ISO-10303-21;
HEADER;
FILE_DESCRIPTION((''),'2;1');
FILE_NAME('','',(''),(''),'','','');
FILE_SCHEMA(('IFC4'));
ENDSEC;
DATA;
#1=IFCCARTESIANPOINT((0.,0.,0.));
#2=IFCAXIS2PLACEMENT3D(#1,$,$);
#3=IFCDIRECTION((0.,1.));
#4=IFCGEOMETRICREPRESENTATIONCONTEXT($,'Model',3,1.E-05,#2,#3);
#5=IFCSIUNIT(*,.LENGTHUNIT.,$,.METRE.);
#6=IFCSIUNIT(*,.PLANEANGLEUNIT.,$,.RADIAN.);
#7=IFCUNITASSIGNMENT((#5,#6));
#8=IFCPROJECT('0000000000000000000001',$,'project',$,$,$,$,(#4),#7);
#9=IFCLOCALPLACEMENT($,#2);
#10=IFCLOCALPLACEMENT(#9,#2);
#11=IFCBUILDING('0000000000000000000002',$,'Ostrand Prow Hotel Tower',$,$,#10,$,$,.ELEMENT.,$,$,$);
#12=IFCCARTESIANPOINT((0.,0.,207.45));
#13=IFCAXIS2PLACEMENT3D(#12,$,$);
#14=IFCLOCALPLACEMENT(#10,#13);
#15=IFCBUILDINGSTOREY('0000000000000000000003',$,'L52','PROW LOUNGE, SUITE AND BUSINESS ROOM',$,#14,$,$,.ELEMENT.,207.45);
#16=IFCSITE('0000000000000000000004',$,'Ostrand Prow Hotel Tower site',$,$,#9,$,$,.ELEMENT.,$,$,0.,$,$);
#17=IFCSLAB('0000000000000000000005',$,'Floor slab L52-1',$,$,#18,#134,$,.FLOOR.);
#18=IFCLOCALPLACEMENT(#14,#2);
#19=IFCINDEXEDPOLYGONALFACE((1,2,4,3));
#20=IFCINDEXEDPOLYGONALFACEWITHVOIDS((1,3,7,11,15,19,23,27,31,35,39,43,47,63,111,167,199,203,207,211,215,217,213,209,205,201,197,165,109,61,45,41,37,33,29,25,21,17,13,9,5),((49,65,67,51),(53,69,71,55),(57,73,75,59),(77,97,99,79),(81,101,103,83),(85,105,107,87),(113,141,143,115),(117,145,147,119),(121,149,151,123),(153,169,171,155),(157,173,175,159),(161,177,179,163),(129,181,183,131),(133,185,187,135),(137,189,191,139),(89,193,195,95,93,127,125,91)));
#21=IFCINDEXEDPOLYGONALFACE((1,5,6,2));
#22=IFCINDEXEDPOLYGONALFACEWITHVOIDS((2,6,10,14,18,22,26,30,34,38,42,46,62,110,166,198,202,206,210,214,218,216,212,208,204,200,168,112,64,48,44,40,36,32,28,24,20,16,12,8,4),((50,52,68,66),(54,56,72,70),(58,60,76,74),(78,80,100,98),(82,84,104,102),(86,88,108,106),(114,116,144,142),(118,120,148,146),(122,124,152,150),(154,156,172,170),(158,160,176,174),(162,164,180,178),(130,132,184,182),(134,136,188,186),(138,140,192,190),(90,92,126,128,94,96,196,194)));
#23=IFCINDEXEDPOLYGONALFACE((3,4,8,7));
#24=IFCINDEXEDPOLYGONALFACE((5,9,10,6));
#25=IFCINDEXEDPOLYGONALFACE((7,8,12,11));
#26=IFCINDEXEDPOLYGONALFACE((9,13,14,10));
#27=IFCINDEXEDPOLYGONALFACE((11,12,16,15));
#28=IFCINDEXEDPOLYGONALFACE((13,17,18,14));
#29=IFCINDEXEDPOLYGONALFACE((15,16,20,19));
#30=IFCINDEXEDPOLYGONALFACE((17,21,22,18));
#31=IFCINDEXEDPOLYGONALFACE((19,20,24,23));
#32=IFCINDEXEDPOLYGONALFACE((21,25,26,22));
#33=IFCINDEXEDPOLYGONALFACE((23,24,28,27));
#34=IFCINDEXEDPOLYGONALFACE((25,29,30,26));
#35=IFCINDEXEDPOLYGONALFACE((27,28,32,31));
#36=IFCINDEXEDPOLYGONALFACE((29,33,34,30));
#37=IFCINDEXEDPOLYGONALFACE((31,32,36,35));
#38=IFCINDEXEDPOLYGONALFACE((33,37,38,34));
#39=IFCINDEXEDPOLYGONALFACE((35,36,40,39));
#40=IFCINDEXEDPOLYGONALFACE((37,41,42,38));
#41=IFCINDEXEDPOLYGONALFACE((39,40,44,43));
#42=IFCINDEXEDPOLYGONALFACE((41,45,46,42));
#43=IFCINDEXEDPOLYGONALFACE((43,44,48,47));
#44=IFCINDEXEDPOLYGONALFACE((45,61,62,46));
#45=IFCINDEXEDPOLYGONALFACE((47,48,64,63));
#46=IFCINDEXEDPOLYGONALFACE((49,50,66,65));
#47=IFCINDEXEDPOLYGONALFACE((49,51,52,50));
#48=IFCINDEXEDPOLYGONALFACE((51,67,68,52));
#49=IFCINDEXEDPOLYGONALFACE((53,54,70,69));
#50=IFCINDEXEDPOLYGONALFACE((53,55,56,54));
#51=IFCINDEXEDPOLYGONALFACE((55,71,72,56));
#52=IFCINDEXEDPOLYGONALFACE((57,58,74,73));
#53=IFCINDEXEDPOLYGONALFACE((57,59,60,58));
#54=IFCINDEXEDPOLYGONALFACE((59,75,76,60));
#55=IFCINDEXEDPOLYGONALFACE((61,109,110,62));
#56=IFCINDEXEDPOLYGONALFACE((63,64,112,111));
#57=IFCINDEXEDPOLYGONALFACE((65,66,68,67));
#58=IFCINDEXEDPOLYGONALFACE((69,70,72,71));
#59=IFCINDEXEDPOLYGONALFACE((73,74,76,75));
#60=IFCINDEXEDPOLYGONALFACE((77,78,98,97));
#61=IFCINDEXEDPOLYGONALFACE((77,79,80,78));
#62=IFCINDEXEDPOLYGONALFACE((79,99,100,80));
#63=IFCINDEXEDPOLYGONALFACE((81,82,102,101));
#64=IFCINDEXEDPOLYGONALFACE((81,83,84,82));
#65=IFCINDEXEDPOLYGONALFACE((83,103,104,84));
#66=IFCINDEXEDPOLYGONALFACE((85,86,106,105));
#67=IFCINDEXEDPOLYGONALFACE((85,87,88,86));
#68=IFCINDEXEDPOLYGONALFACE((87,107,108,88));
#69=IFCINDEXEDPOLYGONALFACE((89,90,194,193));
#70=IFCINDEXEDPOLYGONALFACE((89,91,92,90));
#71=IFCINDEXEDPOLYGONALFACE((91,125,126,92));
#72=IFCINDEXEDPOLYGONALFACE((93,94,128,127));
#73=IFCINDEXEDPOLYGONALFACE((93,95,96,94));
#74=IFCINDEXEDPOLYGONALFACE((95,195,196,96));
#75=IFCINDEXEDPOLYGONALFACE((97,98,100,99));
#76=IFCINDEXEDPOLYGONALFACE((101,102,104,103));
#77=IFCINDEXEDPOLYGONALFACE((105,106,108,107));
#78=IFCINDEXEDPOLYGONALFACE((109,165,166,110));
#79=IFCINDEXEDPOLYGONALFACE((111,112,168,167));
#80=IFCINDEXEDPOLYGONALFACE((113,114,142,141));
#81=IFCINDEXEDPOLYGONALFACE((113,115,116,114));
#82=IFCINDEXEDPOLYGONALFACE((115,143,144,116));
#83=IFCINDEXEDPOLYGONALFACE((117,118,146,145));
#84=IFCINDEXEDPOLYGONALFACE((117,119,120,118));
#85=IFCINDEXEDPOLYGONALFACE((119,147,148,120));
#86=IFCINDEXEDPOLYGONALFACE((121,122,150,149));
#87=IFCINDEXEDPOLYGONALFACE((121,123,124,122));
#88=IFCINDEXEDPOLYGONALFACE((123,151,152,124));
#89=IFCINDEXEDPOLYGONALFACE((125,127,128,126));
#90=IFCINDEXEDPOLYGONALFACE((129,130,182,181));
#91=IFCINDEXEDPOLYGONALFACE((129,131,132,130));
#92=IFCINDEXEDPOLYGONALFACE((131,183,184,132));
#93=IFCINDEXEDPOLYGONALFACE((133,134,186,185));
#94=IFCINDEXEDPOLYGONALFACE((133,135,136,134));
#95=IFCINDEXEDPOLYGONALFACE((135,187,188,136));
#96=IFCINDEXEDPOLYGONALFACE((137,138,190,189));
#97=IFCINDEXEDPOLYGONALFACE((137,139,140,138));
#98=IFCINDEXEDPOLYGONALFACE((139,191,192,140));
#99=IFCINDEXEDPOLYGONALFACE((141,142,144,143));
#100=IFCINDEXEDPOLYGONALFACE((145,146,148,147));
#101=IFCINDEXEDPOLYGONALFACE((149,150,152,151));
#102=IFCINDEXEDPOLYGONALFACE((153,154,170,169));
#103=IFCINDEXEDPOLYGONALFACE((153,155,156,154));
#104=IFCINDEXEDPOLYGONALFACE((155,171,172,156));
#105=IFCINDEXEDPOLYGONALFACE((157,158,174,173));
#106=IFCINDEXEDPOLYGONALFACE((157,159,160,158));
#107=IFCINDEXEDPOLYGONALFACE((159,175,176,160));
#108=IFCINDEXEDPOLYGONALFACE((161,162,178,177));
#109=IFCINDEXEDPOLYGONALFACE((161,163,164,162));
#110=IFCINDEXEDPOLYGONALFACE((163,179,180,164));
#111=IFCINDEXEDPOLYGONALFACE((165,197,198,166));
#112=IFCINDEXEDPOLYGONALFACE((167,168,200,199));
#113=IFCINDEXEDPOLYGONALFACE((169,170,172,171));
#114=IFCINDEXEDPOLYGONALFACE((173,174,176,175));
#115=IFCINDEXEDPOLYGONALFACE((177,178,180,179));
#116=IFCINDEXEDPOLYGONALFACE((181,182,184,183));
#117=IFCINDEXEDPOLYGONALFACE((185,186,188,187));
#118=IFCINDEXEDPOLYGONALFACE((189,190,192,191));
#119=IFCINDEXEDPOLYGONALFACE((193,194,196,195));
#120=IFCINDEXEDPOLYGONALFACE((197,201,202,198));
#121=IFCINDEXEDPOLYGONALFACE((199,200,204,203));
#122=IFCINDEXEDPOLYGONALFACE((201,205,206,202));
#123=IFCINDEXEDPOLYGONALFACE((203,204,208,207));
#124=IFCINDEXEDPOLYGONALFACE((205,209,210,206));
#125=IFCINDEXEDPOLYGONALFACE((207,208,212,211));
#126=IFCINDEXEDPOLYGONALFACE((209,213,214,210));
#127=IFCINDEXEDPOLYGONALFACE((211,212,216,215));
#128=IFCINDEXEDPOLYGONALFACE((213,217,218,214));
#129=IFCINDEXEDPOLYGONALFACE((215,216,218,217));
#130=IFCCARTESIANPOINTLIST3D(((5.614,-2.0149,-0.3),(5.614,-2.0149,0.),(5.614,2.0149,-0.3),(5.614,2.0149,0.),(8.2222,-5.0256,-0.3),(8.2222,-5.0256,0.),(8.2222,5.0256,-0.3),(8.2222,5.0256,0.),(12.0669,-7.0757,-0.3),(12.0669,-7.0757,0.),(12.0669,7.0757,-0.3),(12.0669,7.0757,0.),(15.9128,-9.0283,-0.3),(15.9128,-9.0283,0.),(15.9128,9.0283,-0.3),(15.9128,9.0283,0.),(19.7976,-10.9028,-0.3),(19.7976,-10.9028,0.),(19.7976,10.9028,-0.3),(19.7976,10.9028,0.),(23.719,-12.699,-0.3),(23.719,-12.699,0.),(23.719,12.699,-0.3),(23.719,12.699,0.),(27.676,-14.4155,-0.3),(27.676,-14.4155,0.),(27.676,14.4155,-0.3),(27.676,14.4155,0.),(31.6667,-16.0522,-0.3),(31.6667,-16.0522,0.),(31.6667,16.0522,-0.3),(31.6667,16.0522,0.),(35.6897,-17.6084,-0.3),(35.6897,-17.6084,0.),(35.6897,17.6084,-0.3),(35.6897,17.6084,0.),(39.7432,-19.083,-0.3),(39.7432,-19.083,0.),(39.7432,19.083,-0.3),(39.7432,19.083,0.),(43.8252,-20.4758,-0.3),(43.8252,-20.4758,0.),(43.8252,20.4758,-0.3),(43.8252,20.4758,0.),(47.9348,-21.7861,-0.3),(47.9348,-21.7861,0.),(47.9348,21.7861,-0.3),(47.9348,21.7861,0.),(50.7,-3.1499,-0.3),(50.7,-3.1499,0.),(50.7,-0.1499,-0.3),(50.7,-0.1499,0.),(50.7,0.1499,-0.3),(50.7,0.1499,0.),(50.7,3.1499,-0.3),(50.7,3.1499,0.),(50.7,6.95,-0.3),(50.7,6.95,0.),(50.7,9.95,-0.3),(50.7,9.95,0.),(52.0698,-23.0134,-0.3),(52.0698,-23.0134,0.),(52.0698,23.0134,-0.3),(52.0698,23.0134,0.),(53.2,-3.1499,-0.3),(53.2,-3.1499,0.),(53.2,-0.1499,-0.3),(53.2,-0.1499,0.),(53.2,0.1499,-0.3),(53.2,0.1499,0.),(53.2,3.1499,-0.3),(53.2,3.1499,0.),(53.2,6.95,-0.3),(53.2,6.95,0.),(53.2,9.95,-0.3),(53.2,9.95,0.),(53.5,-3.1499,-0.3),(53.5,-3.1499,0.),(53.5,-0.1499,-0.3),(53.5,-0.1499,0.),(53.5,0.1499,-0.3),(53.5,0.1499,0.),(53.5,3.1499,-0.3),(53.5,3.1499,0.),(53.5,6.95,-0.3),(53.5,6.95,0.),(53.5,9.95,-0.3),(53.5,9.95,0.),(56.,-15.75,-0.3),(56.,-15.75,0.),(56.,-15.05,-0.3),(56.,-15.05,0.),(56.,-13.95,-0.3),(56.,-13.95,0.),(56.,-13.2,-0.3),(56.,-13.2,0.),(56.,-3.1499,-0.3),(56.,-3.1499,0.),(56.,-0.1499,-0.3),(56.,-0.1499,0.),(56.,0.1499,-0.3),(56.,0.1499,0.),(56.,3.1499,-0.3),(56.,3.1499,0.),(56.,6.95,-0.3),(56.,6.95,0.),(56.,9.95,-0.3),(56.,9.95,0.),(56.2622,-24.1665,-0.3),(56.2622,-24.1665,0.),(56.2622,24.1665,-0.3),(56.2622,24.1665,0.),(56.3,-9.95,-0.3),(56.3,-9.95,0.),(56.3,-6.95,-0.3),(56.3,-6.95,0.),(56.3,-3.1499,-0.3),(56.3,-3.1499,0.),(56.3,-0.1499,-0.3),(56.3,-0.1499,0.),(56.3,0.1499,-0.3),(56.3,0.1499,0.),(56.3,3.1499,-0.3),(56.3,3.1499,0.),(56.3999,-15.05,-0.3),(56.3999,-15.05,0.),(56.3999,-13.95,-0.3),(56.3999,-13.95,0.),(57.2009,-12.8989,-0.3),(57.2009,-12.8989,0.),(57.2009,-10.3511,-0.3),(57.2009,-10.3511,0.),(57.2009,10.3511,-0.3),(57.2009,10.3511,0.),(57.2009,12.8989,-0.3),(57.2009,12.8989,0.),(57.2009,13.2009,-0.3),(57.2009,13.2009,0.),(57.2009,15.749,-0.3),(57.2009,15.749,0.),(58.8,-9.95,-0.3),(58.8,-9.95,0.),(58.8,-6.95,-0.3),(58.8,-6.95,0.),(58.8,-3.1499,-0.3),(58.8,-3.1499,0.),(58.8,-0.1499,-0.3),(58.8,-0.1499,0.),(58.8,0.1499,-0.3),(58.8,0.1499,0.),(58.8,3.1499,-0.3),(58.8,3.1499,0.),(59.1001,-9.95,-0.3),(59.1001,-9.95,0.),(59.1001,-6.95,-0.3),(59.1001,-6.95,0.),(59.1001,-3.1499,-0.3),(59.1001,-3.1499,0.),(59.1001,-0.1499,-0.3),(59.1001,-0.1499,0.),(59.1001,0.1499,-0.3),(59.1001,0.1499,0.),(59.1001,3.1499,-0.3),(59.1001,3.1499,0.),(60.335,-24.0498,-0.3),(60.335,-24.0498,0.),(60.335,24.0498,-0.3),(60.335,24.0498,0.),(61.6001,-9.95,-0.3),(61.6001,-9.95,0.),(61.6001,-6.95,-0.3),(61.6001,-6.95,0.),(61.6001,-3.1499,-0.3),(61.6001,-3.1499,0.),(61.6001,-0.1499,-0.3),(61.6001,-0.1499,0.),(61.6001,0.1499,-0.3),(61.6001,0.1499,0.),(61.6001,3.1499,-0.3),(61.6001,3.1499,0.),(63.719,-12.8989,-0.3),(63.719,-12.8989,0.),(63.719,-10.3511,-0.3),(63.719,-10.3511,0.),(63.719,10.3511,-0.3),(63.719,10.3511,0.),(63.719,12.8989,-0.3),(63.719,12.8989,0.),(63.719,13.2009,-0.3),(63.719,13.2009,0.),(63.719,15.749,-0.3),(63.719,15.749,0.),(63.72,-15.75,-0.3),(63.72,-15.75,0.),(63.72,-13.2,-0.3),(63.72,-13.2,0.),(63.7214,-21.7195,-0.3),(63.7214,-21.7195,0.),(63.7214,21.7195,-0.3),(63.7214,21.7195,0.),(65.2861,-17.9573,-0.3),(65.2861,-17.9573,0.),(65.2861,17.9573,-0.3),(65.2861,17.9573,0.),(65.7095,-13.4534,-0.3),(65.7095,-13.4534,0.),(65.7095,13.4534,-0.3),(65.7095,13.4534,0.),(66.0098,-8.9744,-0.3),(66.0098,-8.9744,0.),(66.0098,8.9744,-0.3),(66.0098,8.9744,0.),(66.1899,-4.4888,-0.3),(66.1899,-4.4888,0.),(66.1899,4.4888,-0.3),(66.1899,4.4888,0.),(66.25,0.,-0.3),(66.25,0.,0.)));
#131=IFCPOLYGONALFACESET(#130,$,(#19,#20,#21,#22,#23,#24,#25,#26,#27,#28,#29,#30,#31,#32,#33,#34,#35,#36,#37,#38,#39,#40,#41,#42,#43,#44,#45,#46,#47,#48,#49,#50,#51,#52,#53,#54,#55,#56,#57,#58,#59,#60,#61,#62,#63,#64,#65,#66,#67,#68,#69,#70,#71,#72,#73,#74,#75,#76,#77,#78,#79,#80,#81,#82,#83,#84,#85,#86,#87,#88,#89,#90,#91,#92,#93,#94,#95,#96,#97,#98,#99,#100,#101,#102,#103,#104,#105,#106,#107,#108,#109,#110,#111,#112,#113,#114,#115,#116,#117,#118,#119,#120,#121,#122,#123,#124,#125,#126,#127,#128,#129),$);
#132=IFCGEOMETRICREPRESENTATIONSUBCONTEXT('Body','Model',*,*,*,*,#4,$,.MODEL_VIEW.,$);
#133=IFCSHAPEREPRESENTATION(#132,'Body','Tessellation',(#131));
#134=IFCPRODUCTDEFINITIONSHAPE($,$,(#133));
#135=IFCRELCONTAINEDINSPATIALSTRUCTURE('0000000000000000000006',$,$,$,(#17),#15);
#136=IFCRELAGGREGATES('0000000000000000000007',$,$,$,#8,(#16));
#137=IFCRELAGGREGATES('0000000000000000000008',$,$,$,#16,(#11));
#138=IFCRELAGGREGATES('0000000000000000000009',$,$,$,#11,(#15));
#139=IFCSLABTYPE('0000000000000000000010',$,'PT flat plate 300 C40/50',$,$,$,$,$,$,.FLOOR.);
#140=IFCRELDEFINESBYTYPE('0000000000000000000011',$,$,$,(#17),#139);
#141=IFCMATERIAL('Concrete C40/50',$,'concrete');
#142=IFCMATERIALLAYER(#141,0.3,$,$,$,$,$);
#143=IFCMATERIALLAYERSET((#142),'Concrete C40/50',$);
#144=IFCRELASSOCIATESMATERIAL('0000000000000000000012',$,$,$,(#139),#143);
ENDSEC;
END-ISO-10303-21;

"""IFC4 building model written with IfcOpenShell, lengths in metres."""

from ifc_helpers import new_model, si_unit, direction, frame, origin, place, context, subcontext, project, spatial, polyline, outline, extrude, material, layer, layer_set, type_object, element, save


model = new_model("IFC4")

# Units and contexts
model_context = context("Model", 3, precision=1e-05, world=origin(), true_north=direction((0.0, 1.0)))
body_context = subcontext(model_context, "Body", "Model", "MODEL_VIEW")
ifc_project = project(units=[si_unit("LENGTHUNIT", "METRE"), si_unit("PLANEANGLEUNIT", "RADIAN")], contexts=[model_context])

# Site, building, storey
site_placement = place(None, origin())
site = spatial("IfcSite", under=ifc_project, at=site_placement, Name="Ostrand Prow Hotel Tower site", CompositionType="ELEMENT", RefElevation=0.0)
building_placement = place(site_placement, origin())
building = spatial("IfcBuilding", under=site, at=building_placement, Name="Ostrand Prow Hotel Tower", CompositionType="ELEMENT")
storey_placement = place(building_placement, frame((0.0, 0.0, 207.45)))
storey = spatial("IfcBuildingStorey", under=building, at=storey_placement, Name="L52", Description="PROW LOUNGE, SUITE AND BUSINESS ROOM", CompositionType="ELEMENT", Elevation=207.45)

# Slab, opening
ifc_material_1 = material(Name="Concrete C40/50", Category="concrete")
ifc_layer_1 = layer(ifc_material_1, 0.3)
ifc_layer_set_1 = layer_set([ifc_layer_1], Name="Concrete C40/50")
slab_type = type_object("IfcSlabType", Name="PT flat plate 300 C40/50", PredefinedType="FLOOR", material=ifc_layer_set_1)
slab_placement = place(storey_placement, frame((0.0, 0.0, -0.3)))
slab = element("IfcSlab", 1, at=slab_placement, inside=storey, type_object=slab_type, Name="Floor slab L52-1", PredefinedType="FLOOR", context=body_context, shape_type="SweptSolid", body=[
    extrude(outline(polyline([(8.2222, 5.0256), (12.0669, 7.0757), (15.9128, 9.0283), (19.7976, 10.9028), (23.719, 12.699), (27.676, 14.4155), (31.6667, 16.0522), (35.6897, 17.6084), (39.7432, 19.083), (43.8252, 20.4758), (47.9348, 21.7861), (52.0698, 23.0134), (56.2622, 24.1665), (60.335, 24.0498), (63.7214, 21.7195), (65.2861, 17.9573), (65.7095, 13.4534), (66.0098, 8.9744), (66.1899, 4.4888), (66.25, 0.0), (66.1899, -4.4888), (66.0098, -8.9744), (65.7095, -13.4534), (65.2861, -17.9573), (63.7214, -21.7195), (60.335, -24.0498), (56.2622, -24.1665), (52.0698, -23.0134), (47.9348, -21.7861), (43.8252, -20.4758), (39.7432, -19.083), (35.6897, -17.6084), (31.6667, -16.0522), (27.676, -14.4155), (23.719, -12.699), (19.7976, -10.9028), (15.9128, -9.0283), (12.0669, -7.0757), (8.2222, -5.0256), (5.614, -2.0149), (5.614, 2.0149), (8.2222, 5.0256)]), holes=[polyline([(50.7, 6.95), (53.2, 6.95), (53.2, 9.95), (50.7, 9.95), (50.7, 6.95)]), polyline([(53.5, 6.95), (56.0, 6.95), (56.0, 9.95), (53.5, 9.95), (53.5, 6.95)]), polyline([(50.7, 0.1499), (53.2, 0.1499), (53.2, 3.1499), (50.7, 3.1499), (50.7, 0.1499)]), polyline([(53.5, 0.1499), (56.0, 0.1499), (56.0, 3.1499), (53.5, 3.1499), (53.5, 0.1499)]), polyline([(56.3, 0.1499), (58.8, 0.1499), (58.8, 3.1499), (56.3, 3.1499), (56.3, 0.1499)]), polyline([(59.1001, 0.1499), (61.6001, 0.1499), (61.6001, 3.1499), (59.1001, 3.1499), (59.1001, 0.1499)]), polyline([(50.7, -3.1499), (53.2, -3.1499), (53.2, -0.1499), (50.7, -0.1499), (50.7, -3.1499)]), polyline([(53.5, -3.1499), (56.0, -3.1499), (56.0, -0.1499), (53.5, -0.1499), (53.5, -3.1499)]), polyline([(56.3, -3.1499), (58.8, -3.1499), (58.8, -0.1499), (56.3, -0.1499), (56.3, -3.1499)]), polyline([(59.1001, -3.1499), (61.6001, -3.1499), (61.6001, -0.1499), (59.1001, -0.1499), (59.1001, -3.1499)]), polyline([(56.3, -9.95), (58.8, -9.95), (58.8, -6.95), (56.3, -6.95), (56.3, -9.95)]), polyline([(59.1001, -9.95), (61.6001, -9.95), (61.6001, -6.95), (59.1001, -6.95), (59.1001, -9.95)]), polyline([(57.2009, 10.3511), (57.2009, 12.8989), (63.719, 12.8989), (63.719, 10.3511), (57.2009, 10.3511)]), polyline([(57.2009, 13.2009), (57.2009, 15.749), (63.719, 15.749), (63.719, 13.2009), (57.2009, 13.2009)]), polyline([(57.2009, -12.8989), (57.2009, -10.3511), (63.719, -10.3511), (63.719, -12.8989), (57.2009, -12.8989)]), polyline([(63.72, -13.2), (63.72, -15.75), (56.0, -15.75), (56.0, -15.05), (56.3999, -15.05), (56.3999, -13.95), (56.0, -13.95), (56.0, -13.2), (63.72, -13.2)])]), origin(), (0.0, 0.0, 1.0), 0.3),
])
opening_1_placement = place(slab_placement, origin())
element("IfcOpeningElement", 2, at=opening_1_placement, cuts=slab, PredefinedType="OPENING", context=body_context, shape_type="SweptSolid", body=[
    extrude(outline(polyline([(63.72, -13.2), (63.72, -15.75), (56.0, -15.75), (56.0, -15.05), (56.3999, -15.05), (56.3999, -13.95), (56.0, -13.95), (56.0, -13.2), (63.72, -13.2)])), origin(), (0.0, 0.0, 1.0), 0.3),
])

save(model, "model.ifc")
